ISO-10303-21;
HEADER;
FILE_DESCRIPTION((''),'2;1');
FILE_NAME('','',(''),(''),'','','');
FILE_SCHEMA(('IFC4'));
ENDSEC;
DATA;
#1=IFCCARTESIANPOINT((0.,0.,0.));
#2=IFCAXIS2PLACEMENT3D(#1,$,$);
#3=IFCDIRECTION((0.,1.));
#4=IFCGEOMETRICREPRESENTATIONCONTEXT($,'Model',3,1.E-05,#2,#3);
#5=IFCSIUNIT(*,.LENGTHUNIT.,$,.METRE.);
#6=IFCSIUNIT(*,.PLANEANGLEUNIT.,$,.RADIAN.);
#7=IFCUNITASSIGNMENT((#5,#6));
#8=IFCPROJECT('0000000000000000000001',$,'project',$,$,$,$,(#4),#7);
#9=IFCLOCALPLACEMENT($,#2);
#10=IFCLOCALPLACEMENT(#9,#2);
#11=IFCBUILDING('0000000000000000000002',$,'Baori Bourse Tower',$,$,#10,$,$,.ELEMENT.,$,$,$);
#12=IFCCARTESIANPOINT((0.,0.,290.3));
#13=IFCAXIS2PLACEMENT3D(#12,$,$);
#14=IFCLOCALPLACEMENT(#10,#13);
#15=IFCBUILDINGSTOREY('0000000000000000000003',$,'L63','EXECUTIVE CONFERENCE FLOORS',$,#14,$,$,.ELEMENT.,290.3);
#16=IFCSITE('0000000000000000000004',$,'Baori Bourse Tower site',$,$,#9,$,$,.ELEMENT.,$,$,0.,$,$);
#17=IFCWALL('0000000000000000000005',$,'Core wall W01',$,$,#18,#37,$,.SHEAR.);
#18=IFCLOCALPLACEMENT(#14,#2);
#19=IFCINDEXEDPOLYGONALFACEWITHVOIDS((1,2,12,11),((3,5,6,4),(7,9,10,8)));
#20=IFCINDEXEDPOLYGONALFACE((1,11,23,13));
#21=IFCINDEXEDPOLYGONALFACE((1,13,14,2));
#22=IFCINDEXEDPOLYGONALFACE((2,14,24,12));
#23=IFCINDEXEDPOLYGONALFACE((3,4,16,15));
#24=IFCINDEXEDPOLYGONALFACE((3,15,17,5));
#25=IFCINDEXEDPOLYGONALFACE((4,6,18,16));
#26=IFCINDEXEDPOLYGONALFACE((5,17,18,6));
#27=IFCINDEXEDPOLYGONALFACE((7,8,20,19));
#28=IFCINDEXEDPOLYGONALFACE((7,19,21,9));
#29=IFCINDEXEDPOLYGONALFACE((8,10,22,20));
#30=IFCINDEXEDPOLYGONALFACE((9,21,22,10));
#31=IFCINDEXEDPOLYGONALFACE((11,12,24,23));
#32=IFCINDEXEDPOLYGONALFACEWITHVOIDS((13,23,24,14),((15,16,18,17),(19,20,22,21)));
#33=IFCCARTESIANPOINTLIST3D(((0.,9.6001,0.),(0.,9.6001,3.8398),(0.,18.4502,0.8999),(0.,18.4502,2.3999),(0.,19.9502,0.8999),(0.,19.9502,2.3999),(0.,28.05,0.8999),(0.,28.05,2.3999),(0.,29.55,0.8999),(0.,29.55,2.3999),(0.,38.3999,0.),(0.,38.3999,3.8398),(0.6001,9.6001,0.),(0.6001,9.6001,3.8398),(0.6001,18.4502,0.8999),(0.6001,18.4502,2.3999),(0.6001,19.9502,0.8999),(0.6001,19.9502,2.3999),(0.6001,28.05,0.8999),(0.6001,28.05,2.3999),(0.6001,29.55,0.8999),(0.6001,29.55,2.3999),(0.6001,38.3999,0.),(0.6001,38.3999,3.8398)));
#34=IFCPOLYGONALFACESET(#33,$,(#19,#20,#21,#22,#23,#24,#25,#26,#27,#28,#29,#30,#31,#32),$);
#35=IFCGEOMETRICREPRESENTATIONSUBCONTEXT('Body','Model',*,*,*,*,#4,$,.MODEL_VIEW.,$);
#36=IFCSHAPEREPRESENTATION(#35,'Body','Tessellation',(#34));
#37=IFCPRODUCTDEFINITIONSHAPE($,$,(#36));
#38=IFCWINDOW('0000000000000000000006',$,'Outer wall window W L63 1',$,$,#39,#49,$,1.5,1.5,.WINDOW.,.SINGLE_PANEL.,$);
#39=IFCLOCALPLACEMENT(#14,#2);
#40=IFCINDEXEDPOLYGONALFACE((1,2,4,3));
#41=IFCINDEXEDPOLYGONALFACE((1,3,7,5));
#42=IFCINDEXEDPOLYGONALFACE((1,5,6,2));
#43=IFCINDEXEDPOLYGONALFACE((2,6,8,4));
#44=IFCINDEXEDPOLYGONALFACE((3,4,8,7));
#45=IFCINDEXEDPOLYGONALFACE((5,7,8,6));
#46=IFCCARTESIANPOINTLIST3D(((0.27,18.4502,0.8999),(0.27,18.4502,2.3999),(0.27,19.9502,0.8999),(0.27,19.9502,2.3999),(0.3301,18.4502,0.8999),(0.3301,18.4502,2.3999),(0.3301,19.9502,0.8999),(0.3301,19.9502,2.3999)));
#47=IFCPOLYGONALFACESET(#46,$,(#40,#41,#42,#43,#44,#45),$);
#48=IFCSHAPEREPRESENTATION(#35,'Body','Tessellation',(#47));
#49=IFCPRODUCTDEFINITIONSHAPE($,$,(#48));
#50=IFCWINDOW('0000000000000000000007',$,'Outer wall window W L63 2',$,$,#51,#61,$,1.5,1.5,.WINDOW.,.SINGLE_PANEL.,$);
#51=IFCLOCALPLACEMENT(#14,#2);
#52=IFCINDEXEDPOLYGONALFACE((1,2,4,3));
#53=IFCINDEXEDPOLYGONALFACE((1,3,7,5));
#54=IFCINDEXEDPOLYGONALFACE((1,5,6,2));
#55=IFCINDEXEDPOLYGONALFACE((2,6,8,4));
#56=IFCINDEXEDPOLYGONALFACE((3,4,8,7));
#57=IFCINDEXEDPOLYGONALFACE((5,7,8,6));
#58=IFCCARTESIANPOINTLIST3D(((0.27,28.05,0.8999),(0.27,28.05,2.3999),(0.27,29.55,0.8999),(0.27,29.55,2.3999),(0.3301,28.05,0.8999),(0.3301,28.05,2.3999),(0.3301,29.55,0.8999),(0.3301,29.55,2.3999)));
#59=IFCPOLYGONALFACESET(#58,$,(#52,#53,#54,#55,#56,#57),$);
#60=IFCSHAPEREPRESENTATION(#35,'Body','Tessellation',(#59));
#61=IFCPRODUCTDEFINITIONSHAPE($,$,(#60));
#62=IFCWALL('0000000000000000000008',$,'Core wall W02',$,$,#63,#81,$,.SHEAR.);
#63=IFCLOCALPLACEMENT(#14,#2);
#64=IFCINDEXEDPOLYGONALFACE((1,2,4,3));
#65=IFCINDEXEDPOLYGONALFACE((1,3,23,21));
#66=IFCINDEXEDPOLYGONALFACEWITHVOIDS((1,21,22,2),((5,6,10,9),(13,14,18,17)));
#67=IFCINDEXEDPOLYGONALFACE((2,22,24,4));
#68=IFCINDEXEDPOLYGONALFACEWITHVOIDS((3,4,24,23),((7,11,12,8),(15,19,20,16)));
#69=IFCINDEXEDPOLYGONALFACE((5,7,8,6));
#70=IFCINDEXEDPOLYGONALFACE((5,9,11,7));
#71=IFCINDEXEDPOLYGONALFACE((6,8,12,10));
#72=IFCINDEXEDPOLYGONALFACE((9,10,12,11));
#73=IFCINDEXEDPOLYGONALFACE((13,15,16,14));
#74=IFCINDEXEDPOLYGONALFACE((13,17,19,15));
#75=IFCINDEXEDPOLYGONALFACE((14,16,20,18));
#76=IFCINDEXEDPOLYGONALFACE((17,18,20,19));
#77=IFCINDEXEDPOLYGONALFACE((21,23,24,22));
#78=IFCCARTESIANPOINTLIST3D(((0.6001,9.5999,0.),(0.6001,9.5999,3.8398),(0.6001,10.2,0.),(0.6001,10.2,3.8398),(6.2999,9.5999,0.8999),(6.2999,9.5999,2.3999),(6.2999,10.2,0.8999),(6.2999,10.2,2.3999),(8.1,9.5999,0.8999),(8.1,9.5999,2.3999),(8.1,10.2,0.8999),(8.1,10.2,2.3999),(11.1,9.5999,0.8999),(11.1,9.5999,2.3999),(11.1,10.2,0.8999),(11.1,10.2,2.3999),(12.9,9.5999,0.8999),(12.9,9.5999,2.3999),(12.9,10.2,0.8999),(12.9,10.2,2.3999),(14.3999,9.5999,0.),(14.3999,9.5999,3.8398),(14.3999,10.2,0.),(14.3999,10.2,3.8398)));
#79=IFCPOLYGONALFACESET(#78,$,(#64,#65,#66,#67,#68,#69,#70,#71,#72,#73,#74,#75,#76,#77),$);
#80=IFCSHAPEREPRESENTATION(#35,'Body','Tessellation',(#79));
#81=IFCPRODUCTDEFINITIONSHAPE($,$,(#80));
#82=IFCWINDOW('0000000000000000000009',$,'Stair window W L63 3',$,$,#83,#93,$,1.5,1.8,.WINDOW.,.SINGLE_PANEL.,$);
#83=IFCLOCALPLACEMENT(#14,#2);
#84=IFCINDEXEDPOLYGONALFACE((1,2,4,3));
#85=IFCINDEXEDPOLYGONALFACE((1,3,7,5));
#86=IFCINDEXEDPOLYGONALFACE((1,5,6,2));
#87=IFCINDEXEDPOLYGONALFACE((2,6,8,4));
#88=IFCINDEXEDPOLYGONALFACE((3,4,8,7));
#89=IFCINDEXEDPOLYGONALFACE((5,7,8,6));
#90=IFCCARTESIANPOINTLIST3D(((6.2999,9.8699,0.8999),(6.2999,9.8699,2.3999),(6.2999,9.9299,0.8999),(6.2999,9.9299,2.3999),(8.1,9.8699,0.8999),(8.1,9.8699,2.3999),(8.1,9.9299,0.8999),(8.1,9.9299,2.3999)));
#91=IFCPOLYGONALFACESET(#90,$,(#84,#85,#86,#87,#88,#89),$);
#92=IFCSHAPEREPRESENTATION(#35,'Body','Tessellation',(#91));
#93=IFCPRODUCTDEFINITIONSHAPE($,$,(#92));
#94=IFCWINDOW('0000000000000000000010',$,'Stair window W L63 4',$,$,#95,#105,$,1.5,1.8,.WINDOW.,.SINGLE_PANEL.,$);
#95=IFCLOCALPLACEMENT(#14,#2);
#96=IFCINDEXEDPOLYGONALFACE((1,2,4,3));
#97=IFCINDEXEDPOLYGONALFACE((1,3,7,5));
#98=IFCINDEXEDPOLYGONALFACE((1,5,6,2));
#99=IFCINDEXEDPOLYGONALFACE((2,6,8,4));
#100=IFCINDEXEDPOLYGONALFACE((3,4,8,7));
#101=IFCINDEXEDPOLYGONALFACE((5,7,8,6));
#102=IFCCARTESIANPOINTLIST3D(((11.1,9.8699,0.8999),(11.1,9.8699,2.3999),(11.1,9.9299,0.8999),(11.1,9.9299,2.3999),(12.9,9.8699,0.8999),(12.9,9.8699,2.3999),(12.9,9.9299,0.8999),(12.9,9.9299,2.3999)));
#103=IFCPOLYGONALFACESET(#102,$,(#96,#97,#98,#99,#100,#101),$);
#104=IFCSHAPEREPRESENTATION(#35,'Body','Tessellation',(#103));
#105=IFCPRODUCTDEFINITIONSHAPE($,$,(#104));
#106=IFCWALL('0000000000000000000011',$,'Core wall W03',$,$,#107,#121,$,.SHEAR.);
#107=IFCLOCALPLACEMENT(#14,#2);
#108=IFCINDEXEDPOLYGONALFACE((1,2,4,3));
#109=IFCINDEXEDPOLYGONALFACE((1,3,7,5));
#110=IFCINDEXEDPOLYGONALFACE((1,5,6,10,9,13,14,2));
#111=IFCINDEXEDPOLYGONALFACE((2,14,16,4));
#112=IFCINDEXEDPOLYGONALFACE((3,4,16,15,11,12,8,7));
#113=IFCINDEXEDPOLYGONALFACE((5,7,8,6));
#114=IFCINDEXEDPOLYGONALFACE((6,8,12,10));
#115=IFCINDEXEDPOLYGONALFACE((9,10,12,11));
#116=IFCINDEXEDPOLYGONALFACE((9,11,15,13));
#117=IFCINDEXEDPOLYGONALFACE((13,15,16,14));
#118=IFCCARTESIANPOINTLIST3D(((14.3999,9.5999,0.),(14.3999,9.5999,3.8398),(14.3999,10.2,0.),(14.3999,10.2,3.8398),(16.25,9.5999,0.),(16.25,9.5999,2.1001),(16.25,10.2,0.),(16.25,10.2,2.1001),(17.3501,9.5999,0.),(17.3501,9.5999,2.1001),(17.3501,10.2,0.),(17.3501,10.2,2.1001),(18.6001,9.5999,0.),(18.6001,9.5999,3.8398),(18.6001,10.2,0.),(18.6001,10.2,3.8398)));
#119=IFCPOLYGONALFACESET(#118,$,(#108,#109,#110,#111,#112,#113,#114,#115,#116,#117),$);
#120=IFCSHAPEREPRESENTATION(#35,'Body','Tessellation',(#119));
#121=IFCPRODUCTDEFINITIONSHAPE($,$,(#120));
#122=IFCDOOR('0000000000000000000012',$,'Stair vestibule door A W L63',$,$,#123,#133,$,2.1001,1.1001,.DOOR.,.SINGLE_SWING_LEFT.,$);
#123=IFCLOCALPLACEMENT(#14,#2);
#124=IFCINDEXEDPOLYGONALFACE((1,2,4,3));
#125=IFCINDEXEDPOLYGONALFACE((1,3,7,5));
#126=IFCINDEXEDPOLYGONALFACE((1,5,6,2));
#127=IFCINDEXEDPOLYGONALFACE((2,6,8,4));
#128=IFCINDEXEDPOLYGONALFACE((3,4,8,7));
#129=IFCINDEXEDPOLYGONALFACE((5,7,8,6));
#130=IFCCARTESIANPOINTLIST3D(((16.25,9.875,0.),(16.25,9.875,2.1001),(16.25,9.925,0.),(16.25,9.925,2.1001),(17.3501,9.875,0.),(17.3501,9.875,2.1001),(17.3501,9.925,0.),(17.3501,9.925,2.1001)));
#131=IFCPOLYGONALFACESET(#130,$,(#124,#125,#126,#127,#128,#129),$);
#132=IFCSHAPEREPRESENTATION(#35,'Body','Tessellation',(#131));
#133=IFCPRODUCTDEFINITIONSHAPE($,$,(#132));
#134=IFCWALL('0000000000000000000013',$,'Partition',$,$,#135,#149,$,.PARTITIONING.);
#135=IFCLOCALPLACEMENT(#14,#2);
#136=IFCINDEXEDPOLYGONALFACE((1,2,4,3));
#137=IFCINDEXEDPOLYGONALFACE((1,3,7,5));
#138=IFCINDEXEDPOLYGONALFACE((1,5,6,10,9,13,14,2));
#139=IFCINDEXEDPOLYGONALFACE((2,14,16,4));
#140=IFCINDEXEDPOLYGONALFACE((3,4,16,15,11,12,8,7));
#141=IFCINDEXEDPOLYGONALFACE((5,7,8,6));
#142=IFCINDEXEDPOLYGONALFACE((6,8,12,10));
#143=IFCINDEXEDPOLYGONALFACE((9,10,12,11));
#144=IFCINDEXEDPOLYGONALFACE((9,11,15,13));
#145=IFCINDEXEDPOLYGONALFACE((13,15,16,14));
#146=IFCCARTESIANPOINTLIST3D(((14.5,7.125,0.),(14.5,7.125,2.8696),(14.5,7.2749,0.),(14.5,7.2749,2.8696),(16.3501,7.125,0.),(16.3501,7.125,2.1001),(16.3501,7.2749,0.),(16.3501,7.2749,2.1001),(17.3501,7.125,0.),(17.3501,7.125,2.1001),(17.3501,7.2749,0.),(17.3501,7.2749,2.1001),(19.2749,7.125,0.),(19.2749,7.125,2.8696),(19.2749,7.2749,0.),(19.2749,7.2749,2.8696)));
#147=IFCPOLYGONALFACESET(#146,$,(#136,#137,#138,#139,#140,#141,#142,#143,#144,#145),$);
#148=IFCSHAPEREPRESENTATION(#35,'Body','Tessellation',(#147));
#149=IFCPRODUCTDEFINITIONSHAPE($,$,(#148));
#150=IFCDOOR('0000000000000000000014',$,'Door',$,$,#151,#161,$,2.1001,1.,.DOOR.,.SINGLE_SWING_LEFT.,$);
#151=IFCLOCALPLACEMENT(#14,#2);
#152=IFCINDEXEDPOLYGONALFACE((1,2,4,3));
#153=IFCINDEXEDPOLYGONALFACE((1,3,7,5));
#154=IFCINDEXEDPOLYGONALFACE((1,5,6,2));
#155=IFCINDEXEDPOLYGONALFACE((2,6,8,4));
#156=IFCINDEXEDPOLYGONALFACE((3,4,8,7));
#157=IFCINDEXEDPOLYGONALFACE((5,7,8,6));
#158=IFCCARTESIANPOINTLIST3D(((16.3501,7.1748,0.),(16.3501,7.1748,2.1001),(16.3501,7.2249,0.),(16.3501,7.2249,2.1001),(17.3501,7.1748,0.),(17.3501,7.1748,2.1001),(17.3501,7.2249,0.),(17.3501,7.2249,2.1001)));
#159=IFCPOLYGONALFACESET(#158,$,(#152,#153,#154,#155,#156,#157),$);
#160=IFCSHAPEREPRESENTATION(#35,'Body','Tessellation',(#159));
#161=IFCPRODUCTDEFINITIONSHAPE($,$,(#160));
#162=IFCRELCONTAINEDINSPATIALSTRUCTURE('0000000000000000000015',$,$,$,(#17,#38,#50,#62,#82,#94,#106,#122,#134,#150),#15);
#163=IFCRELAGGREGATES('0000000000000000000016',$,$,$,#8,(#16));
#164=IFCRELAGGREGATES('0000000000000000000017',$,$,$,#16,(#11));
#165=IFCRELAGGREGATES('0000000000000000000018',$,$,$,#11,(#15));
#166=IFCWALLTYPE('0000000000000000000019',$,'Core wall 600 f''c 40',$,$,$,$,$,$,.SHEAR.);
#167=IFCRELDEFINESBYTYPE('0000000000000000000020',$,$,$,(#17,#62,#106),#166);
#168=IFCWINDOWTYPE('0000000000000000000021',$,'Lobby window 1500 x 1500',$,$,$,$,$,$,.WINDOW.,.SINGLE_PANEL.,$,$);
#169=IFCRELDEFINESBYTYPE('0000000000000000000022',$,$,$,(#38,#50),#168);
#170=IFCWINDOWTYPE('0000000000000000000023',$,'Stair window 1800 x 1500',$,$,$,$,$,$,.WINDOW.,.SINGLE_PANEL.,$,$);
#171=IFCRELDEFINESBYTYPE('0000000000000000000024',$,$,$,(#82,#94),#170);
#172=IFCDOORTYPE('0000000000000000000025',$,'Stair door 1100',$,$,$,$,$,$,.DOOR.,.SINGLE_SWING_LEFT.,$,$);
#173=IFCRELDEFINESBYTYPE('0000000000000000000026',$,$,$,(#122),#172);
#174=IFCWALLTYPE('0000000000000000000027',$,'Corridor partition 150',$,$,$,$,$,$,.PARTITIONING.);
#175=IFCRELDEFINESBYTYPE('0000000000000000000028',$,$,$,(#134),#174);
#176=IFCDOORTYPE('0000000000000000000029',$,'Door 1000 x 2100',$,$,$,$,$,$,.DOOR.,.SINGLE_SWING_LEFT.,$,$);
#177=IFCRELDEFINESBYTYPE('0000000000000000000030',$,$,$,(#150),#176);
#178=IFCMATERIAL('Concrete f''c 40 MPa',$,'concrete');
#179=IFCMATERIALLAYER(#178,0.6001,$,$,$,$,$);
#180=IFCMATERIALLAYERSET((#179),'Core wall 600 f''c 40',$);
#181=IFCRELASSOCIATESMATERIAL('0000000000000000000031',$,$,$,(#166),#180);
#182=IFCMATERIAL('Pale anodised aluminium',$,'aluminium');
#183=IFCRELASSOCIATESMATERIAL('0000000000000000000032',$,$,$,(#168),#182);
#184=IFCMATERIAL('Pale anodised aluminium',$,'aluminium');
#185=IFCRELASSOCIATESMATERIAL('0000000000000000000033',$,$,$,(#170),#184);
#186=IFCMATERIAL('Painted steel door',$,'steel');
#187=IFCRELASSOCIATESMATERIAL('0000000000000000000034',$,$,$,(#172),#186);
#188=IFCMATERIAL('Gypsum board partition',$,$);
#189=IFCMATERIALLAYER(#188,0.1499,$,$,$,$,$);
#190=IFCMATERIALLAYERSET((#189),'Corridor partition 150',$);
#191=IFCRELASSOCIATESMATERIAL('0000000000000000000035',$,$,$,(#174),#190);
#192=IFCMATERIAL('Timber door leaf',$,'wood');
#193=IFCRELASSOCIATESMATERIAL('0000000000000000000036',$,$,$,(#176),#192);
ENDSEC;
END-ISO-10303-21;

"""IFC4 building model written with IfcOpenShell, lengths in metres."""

from ifc_helpers import new_model, si_unit, direction, frame, frame_2d, origin, place, context, subcontext, project, spatial, rectangle, extrude, material, layer, layer_set, type_object, element, fill, save


model = new_model("IFC4")

# Units and contexts
model_context = context("Model", 3, precision=1e-05, world=origin(), true_north=direction((0.0, 1.0)))
body_context = subcontext(model_context, "Body", "Model", "MODEL_VIEW")
ifc_project = project(units=[si_unit("LENGTHUNIT", "METRE"), si_unit("PLANEANGLEUNIT", "RADIAN")], contexts=[model_context])

# Site, building, storey
site_placement = place(None, origin())
site = spatial("IfcSite", under=ifc_project, at=site_placement, Name="Baori Bourse Tower site", CompositionType="ELEMENT", RefElevation=0.0)
building_placement = place(site_placement, origin())
building = spatial("IfcBuilding", under=site, at=building_placement, Name="Baori Bourse Tower", CompositionType="ELEMENT")
storey_placement = place(building_placement, frame((0.0, 0.0, 290.3)))
storey = spatial("IfcBuildingStorey", under=building, at=storey_placement, Name="L63", Description="EXECUTIVE CONFERENCE FLOORS", CompositionType="ELEMENT", Elevation=290.3)

# Walls, openings, windows
ifc_material_1 = material(Name="Concrete f'c 40 MPa", Category="concrete")
ifc_layer_1 = layer(ifc_material_1, 0.6001)
ifc_layer_set_1 = layer_set([ifc_layer_1], Name="Core wall 600 f'c 40")
wall_type_1 = type_object("IfcWallType", Name="Core wall 600 f'c 40", PredefinedType="SHEAR", material=ifc_layer_set_1)
wall_1_placement = place(storey_placement, frame((0.3, 9.6001, 0.0), z_axis=(0.0, 0.0, 1.0), x_axis=(0.0, 1.0, 0.0)))
wall_1 = element("IfcWall", 1, at=wall_1_placement, inside=storey, type_object=wall_type_1, Name="Core wall W01", PredefinedType="SHEAR", context=body_context, shape_type="SweptSolid", body=[
    extrude(rectangle(XDim=28.7998, YDim=0.6001, at=frame_2d((14.3999, 0.0))), origin(), (0.0, 0.0, 1.0), 3.8398),
])
opening_1_placement = place(wall_1_placement, frame((8.8501, 0.0, 0.8999)))
opening_1 = element("IfcOpeningElement", 2, at=opening_1_placement, cuts=wall_1, PredefinedType="OPENING", context=body_context, shape_type="SweptSolid", body=[
    extrude(rectangle(XDim=1.5, YDim=1.5, at=frame_2d((0.75, 0.75))), frame((0.0, 0.3101, 0.0), z_axis=(0.0, -1.0, 0.0), x_axis=(1.0, 0.0, 0.0)), (0.0, 0.0, 1.0), 0.6201),
])
opening_2_placement = place(wall_1_placement, frame((18.45, 0.0, 0.8999)))
opening_2 = element("IfcOpeningElement", 3, at=opening_2_placement, cuts=wall_1, PredefinedType="OPENING", context=body_context, shape_type="SweptSolid", body=[
    extrude(rectangle(XDim=1.5, YDim=1.5, at=frame_2d((0.75, 0.75))), frame((0.0, 0.3101, 0.0), z_axis=(0.0, -1.0, 0.0), x_axis=(1.0, 0.0, 0.0)), (0.0, 0.0, 1.0), 0.6201),
])
ifc_material_2 = material(Name="Pale anodised aluminium", Category="aluminium")
window_type_1 = type_object("IfcWindowType", Name="Lobby window 1500 x 1500", PartitioningType="SINGLE_PANEL", PredefinedType="WINDOW", material=ifc_material_2)
window_1_placement = place(opening_1_placement, origin())
window_1 = element("IfcWindow", 4, at=window_1_placement, inside=storey, type_object=window_type_1, Name="Outer wall window W L63 1", OverallHeight=1.5, OverallWidth=1.5, PartitioningType="SINGLE_PANEL", PredefinedType="WINDOW", context=body_context, shape_type="SweptSolid", body=[
    extrude(rectangle(XDim=1.5, YDim=1.5, at=frame_2d((0.75, 0.75))), frame((0.0, 0.03, 0.0), z_axis=(0.0, -1.0, 0.0), x_axis=(1.0, 0.0, 0.0)), (0.0, 0.0, 1.0), 0.0601),
])
fill(opening_1, window_1)
window_2_placement = place(opening_2_placement, origin())
window_2 = element("IfcWindow", 5, at=window_2_placement, inside=storey, type_object=window_type_1, Name="Outer wall window W L63 2", OverallHeight=1.5, OverallWidth=1.5, PartitioningType="SINGLE_PANEL", PredefinedType="WINDOW", context=body_context, shape_type="SweptSolid", body=[
    extrude(rectangle(XDim=1.5, YDim=1.5, at=frame_2d((0.75, 0.75))), frame((0.0, 0.03, 0.0), z_axis=(0.0, -1.0, 0.0), x_axis=(1.0, 0.0, 0.0)), (0.0, 0.0, 1.0), 0.0601),
])
fill(opening_2, window_2)
wall_2_placement = place(storey_placement, frame((14.3999, 9.8999, 0.0), z_axis=(0.0, 0.0, 1.0), x_axis=(-1.0, 0.0, 0.0)))
wall_2 = element("IfcWall", 6, at=wall_2_placement, inside=storey, type_object=wall_type_1, Name="Core wall W02", PredefinedType="SHEAR", context=body_context, shape_type="SweptSolid", body=[
    extrude(rectangle(XDim=13.7998, YDim=0.6001, at=frame_2d((6.8999, 0.0))), origin(), (0.0, 0.0, 1.0), 3.8398),
])
opening_3_placement = place(wall_2_placement, frame((6.3, 0.0, 0.8999)))
opening_3 = element("IfcOpeningElement", 7, at=opening_3_placement, cuts=wall_2, PredefinedType="OPENING", context=body_context, shape_type="SweptSolid", body=[
    extrude(rectangle(XDim=1.8, YDim=1.5, at=frame_2d((0.8999, 0.75))), frame((0.0, 0.3101, 0.0), z_axis=(0.0, -1.0, 0.0), x_axis=(1.0, 0.0, 0.0)), (0.0, 0.0, 1.0), 0.6201),
])
opening_4_placement = place(wall_2_placement, frame((1.5, 0.0, 0.8999)))
opening_4 = element("IfcOpeningElement", 8, at=opening_4_placement, cuts=wall_2, PredefinedType="OPENING", context=body_context, shape_type="SweptSolid", body=[
    extrude(rectangle(XDim=1.8, YDim=1.5, at=frame_2d((0.8999, 0.75))), frame((0.0, 0.3101, 0.0), z_axis=(0.0, -1.0, 0.0), x_axis=(1.0, 0.0, 0.0)), (0.0, 0.0, 1.0), 0.6201),
])
ifc_material_3 = material(Name="Pale anodised aluminium", Category="aluminium")
window_type_2 = type_object("IfcWindowType", Name="Stair window 1800 x 1500", PartitioningType="SINGLE_PANEL", PredefinedType="WINDOW", material=ifc_material_3)
window_3_placement = place(opening_3_placement, origin())
window_3 = element("IfcWindow", 9, at=window_3_placement, inside=storey, type_object=window_type_2, Name="Stair window W L63 3", OverallHeight=1.5, OverallWidth=1.8, PartitioningType="SINGLE_PANEL", PredefinedType="WINDOW", context=body_context, shape_type="SweptSolid", body=[
    extrude(rectangle(XDim=1.8, YDim=1.5, at=frame_2d((0.8999, 0.75))), frame((0.0, 0.03, 0.0), z_axis=(0.0, -1.0, 0.0), x_axis=(1.0, 0.0, 0.0)), (0.0, 0.0, 1.0), 0.0601),
])
fill(opening_3, window_3)
window_4_placement = place(opening_4_placement, origin())
window_4 = element("IfcWindow", 10, at=window_4_placement, inside=storey, type_object=window_type_2, Name="Stair window W L63 4", OverallHeight=1.5, OverallWidth=1.8, PartitioningType="SINGLE_PANEL", PredefinedType="WINDOW", context=body_context, shape_type="SweptSolid", body=[
    extrude(rectangle(XDim=1.8, YDim=1.5, at=frame_2d((0.8999, 0.75))), frame((0.0, 0.03, 0.0), z_axis=(0.0, -1.0, 0.0), x_axis=(1.0, 0.0, 0.0)), (0.0, 0.0, 1.0), 0.0601),
])
fill(opening_4, window_4)

# Walls, openings, doors
wall_3_placement = place(storey_placement, frame((18.6001, 9.8999, 0.0), z_axis=(0.0, 0.0, 1.0), x_axis=(-1.0, 0.0, 0.0)))
wall_3 = element("IfcWall", 11, at=wall_3_placement, inside=storey, type_object=wall_type_1, Name="Core wall W03", PredefinedType="SHEAR", context=body_context, shape_type="SweptSolid", body=[
    extrude(rectangle(XDim=4.2002, YDim=0.6001, at=frame_2d((2.1001, 0.0))), origin(), (0.0, 0.0, 1.0), 3.8398),
])
opening_5_placement = place(wall_3_placement, frame((1.25, 0.0, 0.0)))
opening_5 = element("IfcOpeningElement", 12, at=opening_5_placement, cuts=wall_3, PredefinedType="OPENING", context=body_context, shape_type="SweptSolid", body=[
    extrude(rectangle(XDim=1.1001, YDim=2.1001, at=frame_2d((0.55, 1.05))), frame((0.0, 0.3101, 0.0), z_axis=(0.0, -1.0, 0.0), x_axis=(1.0, 0.0, 0.0)), (0.0, 0.0, 1.0), 0.6201),
])
ifc_material_4 = material(Name="Painted steel door", Category="steel")
door_type_1 = type_object("IfcDoorType", Name="Stair door 1100", OperationType="SINGLE_SWING_LEFT", PredefinedType="DOOR", material=ifc_material_4)
door_1_placement = place(opening_5_placement, origin())
door_1 = element("IfcDoor", 13, at=door_1_placement, inside=storey, type_object=door_type_1, Name="Stair vestibule door A W L63", OperationType="SINGLE_SWING_LEFT", OverallHeight=2.1001, OverallWidth=1.1001, PredefinedType="DOOR", context=body_context, shape_type="SweptSolid", body=[
    extrude(rectangle(XDim=1.1001, YDim=2.1001, at=frame_2d((0.55, 1.05))), frame((0.0, 0.0249, 0.0), z_axis=(0.0, -1.0, 0.0), x_axis=(1.0, 0.0, 0.0)), (0.0, 0.0, 1.0), 0.05),
])
fill(opening_5, door_1)
ifc_material_5 = material(Name="Gypsum board partition")
ifc_layer_2 = layer(ifc_material_5, 0.1499)
ifc_layer_set_2 = layer_set([ifc_layer_2], Name="Corridor partition 150")
wall_type_2 = type_object("IfcWallType", Name="Corridor partition 150", PredefinedType="PARTITIONING", material=ifc_layer_set_2)
wall_4_placement = place(storey_placement, frame((14.5, 7.2, 0.0), z_axis=(0.0, 0.0, 1.0), x_axis=(1.0, 0.0, 0.0)))
wall_4 = element("IfcWall", 14, at=wall_4_placement, inside=storey, type_object=wall_type_2, Name="Partition", PredefinedType="PARTITIONING", context=body_context, shape_type="SweptSolid", body=[
    extrude(rectangle(XDim=4.7749, YDim=0.1499, at=frame_2d((2.3875, 0.0))), origin(), (0.0, 0.0, 1.0), 2.8696),
])
opening_6_placement = place(wall_4_placement, frame((1.8501, 0.0, 0.0)))
opening_6 = element("IfcOpeningElement", 15, at=opening_6_placement, cuts=wall_4, PredefinedType="OPENING", context=body_context, shape_type="SweptSolid", body=[
    extrude(rectangle(XDim=1.0, YDim=2.1001, at=frame_2d((0.5, 1.05))), frame((0.0, 0.085, 0.0), z_axis=(0.0, -1.0, 0.0), x_axis=(1.0, 0.0, 0.0)), (0.0, 0.0, 1.0), 0.1699),
])
ifc_material_6 = material(Name="Timber door leaf", Category="wood")
door_type_2 = type_object("IfcDoorType", Name="Door 1000 x 2100", OperationType="SINGLE_SWING_LEFT", PredefinedType="DOOR", material=ifc_material_6)
door_2_placement = place(opening_6_placement, origin())
door_2 = element("IfcDoor", 16, at=door_2_placement, inside=storey, type_object=door_type_2, Name="Door", OperationType="SINGLE_SWING_LEFT", OverallHeight=2.1001, OverallWidth=1.0, PredefinedType="DOOR", context=body_context, shape_type="SweptSolid", body=[
    extrude(rectangle(XDim=1.0, YDim=2.1001, at=frame_2d((0.5, 1.05))), frame((0.0, 0.0249, 0.0), z_axis=(0.0, -1.0, 0.0), x_axis=(1.0, 0.0, 0.0)), (0.0, 0.0, 1.0), 0.05),
])
fill(opening_6, door_2)

save(model, "model.ifc")
